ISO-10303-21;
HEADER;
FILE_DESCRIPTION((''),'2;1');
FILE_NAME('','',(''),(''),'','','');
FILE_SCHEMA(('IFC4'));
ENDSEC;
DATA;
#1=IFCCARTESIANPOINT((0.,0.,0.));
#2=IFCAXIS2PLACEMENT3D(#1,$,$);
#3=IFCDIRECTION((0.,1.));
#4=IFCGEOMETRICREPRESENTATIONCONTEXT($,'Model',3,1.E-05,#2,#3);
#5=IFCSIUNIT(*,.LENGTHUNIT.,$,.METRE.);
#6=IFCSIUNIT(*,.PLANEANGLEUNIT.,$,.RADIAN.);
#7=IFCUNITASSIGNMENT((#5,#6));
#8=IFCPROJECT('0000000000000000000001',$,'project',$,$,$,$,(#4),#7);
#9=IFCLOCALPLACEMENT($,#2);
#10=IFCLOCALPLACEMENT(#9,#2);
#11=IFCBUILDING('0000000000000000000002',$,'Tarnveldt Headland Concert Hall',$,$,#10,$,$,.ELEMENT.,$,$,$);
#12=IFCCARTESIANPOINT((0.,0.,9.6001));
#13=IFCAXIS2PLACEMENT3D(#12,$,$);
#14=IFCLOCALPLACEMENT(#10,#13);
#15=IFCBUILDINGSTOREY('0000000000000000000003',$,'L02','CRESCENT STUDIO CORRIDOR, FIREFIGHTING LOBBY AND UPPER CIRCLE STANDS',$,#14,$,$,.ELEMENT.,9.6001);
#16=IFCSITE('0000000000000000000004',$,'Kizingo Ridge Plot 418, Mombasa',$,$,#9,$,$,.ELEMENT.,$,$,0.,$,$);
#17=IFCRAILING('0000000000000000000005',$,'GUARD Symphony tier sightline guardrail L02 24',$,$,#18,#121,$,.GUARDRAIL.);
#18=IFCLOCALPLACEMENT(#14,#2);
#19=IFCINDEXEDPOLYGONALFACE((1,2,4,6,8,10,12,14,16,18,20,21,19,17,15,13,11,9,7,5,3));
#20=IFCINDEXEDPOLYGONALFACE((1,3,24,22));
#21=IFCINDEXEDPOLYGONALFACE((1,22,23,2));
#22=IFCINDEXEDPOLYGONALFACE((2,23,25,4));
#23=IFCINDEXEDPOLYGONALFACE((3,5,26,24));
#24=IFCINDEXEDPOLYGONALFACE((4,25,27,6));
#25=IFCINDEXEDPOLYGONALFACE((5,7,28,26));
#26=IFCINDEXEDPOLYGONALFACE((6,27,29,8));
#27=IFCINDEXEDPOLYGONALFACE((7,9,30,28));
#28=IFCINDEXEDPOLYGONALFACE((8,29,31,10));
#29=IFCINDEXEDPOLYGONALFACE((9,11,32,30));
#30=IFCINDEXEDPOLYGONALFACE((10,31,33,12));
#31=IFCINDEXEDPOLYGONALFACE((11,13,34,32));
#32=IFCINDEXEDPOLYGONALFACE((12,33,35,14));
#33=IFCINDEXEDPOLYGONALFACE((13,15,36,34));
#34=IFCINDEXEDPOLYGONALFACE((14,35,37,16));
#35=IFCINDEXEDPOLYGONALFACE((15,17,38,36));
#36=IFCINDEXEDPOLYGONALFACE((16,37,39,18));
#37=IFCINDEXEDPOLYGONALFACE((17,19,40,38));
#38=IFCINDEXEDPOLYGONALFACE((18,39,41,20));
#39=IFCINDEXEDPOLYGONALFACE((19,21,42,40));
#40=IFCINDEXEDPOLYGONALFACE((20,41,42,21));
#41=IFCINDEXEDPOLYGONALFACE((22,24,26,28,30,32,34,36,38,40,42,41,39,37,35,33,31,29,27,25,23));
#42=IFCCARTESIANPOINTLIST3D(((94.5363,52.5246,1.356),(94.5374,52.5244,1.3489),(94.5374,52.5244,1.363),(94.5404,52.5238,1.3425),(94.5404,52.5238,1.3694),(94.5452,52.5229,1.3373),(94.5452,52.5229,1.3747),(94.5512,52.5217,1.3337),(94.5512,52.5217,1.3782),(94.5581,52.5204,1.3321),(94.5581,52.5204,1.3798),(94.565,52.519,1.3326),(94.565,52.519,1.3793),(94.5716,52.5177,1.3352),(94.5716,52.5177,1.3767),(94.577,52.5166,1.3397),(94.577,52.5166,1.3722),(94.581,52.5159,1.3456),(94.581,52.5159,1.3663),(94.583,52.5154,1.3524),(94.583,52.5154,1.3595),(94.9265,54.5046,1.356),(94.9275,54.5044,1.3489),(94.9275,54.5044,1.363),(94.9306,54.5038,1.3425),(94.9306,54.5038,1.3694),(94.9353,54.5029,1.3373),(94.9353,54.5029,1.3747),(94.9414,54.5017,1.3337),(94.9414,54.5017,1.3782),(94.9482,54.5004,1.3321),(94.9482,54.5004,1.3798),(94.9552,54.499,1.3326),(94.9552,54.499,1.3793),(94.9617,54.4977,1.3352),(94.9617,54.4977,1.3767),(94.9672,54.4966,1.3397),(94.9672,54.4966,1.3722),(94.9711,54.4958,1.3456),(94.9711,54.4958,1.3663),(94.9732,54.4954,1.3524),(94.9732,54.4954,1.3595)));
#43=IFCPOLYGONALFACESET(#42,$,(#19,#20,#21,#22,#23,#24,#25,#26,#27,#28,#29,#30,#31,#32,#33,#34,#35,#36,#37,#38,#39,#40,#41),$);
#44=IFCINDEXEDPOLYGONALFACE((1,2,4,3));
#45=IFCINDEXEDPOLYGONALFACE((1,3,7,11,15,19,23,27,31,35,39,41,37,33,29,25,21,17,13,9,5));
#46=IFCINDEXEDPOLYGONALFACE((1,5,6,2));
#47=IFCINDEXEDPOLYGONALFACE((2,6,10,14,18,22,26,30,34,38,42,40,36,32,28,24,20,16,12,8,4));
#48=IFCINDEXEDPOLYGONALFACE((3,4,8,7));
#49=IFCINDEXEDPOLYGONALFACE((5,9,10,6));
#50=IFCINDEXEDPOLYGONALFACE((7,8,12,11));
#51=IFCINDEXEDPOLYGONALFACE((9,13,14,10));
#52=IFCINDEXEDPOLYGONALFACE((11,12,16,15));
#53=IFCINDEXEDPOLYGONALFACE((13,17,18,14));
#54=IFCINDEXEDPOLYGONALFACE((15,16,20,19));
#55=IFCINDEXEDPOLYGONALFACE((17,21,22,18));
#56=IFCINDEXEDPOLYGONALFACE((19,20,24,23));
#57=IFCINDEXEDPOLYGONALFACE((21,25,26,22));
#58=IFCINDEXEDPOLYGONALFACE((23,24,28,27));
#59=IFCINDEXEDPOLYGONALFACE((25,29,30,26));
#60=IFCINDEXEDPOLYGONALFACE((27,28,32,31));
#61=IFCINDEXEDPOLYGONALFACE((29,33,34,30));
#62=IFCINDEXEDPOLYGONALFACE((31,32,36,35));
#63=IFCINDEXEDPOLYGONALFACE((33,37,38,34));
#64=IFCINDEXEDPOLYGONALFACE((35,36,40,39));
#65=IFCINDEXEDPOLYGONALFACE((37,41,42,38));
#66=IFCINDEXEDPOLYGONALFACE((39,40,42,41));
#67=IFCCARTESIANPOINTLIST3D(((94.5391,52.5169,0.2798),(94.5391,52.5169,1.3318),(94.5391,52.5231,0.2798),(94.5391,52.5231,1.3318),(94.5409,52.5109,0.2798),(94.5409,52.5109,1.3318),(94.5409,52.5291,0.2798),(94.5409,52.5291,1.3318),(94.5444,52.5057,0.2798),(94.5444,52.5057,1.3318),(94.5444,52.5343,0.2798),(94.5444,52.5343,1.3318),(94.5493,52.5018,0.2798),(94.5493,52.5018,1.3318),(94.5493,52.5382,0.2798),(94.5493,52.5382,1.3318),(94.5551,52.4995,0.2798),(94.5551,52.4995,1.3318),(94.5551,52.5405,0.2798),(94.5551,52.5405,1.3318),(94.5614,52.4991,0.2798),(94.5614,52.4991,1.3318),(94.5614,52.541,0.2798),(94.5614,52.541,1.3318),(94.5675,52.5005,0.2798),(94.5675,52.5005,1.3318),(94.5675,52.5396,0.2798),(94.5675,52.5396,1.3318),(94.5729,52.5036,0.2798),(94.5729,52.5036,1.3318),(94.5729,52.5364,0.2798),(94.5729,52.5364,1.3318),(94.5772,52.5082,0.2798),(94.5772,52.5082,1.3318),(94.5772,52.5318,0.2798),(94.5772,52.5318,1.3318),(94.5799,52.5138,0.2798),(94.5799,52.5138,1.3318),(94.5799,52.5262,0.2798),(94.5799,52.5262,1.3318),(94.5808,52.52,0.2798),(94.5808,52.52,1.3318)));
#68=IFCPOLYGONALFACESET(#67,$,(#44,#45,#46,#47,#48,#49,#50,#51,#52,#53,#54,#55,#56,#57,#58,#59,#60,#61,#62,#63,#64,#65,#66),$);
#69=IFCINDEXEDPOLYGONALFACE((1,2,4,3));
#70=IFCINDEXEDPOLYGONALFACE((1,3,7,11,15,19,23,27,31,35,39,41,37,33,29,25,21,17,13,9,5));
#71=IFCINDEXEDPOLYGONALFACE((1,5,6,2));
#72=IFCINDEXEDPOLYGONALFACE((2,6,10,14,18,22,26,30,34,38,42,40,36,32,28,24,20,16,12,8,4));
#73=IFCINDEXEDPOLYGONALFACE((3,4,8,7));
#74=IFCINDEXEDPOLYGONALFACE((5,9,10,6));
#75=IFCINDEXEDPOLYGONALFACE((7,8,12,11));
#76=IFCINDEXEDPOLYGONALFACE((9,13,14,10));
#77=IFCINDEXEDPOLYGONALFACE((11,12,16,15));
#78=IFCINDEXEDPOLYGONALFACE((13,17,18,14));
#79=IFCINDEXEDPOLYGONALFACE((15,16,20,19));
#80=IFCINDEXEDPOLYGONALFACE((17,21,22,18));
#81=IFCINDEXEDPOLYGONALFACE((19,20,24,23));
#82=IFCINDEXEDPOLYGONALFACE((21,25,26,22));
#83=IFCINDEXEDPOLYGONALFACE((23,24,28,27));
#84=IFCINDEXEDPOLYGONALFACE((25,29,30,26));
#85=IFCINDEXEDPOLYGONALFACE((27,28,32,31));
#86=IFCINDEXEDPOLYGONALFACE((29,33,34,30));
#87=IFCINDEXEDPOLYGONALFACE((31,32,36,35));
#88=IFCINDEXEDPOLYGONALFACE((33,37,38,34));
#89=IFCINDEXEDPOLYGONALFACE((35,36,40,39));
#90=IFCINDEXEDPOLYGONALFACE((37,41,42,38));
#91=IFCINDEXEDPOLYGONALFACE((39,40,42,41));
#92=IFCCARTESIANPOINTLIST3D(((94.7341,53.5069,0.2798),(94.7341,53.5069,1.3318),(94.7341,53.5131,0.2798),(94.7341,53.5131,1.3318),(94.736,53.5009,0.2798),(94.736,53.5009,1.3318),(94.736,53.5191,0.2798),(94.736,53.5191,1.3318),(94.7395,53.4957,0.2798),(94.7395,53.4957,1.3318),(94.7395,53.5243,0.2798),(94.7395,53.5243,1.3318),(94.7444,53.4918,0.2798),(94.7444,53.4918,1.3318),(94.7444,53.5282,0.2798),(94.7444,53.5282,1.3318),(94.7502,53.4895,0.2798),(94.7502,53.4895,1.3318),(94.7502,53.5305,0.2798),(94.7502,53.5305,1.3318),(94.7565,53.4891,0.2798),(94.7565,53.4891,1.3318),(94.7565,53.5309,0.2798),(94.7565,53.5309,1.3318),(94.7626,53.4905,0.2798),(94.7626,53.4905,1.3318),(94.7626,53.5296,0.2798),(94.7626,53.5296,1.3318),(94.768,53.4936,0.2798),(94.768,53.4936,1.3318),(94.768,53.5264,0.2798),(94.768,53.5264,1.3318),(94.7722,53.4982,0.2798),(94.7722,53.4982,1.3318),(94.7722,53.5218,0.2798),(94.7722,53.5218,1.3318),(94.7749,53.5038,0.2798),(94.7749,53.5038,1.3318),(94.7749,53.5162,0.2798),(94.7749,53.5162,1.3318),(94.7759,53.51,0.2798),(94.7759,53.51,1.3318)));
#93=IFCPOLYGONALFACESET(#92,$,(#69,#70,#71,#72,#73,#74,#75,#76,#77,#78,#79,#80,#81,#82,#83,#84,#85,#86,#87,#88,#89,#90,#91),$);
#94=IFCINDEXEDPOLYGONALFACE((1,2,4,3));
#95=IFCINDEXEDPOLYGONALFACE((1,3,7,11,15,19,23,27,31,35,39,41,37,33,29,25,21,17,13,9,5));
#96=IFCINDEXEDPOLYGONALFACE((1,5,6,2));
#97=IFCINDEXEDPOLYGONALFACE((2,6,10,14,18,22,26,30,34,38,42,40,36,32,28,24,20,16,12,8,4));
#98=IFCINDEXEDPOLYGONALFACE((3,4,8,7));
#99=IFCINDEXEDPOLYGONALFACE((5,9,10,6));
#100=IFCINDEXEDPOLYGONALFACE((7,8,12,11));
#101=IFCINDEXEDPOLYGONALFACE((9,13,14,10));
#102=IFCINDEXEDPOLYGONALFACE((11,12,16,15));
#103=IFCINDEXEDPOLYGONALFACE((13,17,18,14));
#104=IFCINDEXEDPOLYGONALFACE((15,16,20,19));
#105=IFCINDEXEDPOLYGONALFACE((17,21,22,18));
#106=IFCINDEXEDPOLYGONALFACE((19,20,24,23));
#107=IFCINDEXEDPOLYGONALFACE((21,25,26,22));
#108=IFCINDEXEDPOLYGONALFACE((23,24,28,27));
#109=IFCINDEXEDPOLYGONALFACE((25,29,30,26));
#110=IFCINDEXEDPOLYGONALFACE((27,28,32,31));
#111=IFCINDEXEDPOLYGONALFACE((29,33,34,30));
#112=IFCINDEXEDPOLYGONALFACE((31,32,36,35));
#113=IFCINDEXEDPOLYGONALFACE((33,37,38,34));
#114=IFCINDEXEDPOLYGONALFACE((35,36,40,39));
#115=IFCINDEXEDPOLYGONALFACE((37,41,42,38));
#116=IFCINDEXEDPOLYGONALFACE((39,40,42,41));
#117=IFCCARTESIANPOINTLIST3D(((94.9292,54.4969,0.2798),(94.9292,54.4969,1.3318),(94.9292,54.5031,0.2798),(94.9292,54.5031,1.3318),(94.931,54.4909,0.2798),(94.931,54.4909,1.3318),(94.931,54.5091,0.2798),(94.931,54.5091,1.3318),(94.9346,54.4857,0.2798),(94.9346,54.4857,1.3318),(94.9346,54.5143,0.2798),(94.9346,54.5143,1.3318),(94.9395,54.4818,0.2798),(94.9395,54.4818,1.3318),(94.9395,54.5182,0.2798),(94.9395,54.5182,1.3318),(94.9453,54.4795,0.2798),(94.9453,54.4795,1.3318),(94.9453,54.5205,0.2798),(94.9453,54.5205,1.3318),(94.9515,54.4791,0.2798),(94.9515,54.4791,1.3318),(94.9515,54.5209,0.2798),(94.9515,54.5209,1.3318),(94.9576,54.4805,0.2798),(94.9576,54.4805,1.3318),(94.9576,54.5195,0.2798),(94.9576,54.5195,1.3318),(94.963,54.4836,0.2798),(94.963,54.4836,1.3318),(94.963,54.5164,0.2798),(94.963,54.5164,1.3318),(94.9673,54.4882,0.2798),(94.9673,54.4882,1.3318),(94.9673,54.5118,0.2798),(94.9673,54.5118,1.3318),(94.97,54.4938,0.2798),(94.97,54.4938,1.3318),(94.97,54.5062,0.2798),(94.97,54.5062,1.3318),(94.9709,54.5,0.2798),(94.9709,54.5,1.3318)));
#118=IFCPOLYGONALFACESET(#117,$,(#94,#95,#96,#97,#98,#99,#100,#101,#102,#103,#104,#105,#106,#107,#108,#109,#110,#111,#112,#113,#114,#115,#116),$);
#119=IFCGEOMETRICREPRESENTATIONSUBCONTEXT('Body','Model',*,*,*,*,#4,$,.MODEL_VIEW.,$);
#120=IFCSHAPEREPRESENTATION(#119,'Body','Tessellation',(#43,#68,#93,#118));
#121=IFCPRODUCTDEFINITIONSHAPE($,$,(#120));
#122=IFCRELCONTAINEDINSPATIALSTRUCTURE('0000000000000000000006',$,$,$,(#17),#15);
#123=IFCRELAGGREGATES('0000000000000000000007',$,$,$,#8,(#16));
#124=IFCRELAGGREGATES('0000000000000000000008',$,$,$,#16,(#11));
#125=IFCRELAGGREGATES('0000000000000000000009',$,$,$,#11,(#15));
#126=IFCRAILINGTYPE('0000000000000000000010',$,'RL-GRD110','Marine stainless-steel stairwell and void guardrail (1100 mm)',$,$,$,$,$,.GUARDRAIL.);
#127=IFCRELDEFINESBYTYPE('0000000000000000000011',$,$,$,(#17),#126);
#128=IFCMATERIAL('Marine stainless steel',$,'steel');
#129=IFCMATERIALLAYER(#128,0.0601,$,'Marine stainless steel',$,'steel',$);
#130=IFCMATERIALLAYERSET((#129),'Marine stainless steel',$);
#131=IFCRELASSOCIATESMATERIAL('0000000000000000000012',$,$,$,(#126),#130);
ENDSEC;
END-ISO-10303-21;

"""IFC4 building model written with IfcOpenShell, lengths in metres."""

from ifc_helpers import new_model, si_unit, direction, frame, origin, origin_2d, place, context, subcontext, project, spatial, circle, extrude, material, layer, layer_set, type_object, element, save


model = new_model("IFC4")

# Units and contexts
model_context = context("Model", 3, precision=1e-05, world=origin(), true_north=direction((0.0, 1.0)))
body_context = subcontext(model_context, "Body", "Model", "MODEL_VIEW")
ifc_project = project(units=[si_unit("LENGTHUNIT", "METRE"), si_unit("PLANEANGLEUNIT", "RADIAN")], contexts=[model_context])

# Site, building, storey
site_placement = place(None, origin())
site = spatial("IfcSite", under=ifc_project, at=site_placement, Name="Kizingo Ridge Plot 418, Mombasa", CompositionType="ELEMENT", RefElevation=0.0)
building_placement = place(site_placement, origin())
building = spatial("IfcBuilding", under=site, at=building_placement, Name="Tarnveldt Headland Concert Hall", CompositionType="ELEMENT")
storey_placement = place(building_placement, frame((0.0, 0.0, 9.6001)))
storey = spatial("IfcBuildingStorey", under=building, at=storey_placement, Name="L02", Description="CRESCENT STUDIO CORRIDOR, FIREFIGHTING LOBBY AND UPPER CIRCLE STANDS", CompositionType="ELEMENT", Elevation=9.6001)

# Railing
ifc_material_1 = material(Name="Marine stainless steel", Category="steel")
ifc_layer = layer(ifc_material_1, 0.0601, Name="Marine stainless steel", Category="steel")
ifc_layer_set = layer_set([ifc_layer], Name="Marine stainless steel")
railing_type = type_object("IfcRailingType", Name="RL-GRD110", Description="Marine stainless-steel stairwell and void guardrail (1100 mm)", PredefinedType="GUARDRAIL", material=ifc_layer_set)
railing_1_placement = place(storey_placement, frame((94.5598, 52.52, 0.2798)))
element("IfcRailing", 1, at=railing_1_placement, inside=storey, type_object=railing_type, Name="GUARD Symphony tier sightline guardrail L02 24", PredefinedType="GUARDRAIL", context=body_context, shape_type="SweptSolid", body=[
    extrude(circle(Radius=0.0239, at=origin_2d()), frame((0.0, 0.0, 1.0762), z_axis=(0.193324, 0.981135, 0.0), x_axis=(-0.981135, 0.193324, 0.0)), (0.0, 0.0, 1.0), 2.0181),
    extrude(circle(Radius=0.021, at=origin_2d()), origin(), (0.0, 0.0, 1.0), 1.052),
    extrude(circle(Radius=0.021, at=origin_2d()), frame((0.1951, 0.99, 0.0)), (0.0, 0.0, 1.0), 1.052),
    extrude(circle(Radius=0.021, at=origin_2d()), frame((0.3901, 1.98, 0.0)), (0.0, 0.0, 1.0), 1.052),
])

save(model, "model.ifc")
